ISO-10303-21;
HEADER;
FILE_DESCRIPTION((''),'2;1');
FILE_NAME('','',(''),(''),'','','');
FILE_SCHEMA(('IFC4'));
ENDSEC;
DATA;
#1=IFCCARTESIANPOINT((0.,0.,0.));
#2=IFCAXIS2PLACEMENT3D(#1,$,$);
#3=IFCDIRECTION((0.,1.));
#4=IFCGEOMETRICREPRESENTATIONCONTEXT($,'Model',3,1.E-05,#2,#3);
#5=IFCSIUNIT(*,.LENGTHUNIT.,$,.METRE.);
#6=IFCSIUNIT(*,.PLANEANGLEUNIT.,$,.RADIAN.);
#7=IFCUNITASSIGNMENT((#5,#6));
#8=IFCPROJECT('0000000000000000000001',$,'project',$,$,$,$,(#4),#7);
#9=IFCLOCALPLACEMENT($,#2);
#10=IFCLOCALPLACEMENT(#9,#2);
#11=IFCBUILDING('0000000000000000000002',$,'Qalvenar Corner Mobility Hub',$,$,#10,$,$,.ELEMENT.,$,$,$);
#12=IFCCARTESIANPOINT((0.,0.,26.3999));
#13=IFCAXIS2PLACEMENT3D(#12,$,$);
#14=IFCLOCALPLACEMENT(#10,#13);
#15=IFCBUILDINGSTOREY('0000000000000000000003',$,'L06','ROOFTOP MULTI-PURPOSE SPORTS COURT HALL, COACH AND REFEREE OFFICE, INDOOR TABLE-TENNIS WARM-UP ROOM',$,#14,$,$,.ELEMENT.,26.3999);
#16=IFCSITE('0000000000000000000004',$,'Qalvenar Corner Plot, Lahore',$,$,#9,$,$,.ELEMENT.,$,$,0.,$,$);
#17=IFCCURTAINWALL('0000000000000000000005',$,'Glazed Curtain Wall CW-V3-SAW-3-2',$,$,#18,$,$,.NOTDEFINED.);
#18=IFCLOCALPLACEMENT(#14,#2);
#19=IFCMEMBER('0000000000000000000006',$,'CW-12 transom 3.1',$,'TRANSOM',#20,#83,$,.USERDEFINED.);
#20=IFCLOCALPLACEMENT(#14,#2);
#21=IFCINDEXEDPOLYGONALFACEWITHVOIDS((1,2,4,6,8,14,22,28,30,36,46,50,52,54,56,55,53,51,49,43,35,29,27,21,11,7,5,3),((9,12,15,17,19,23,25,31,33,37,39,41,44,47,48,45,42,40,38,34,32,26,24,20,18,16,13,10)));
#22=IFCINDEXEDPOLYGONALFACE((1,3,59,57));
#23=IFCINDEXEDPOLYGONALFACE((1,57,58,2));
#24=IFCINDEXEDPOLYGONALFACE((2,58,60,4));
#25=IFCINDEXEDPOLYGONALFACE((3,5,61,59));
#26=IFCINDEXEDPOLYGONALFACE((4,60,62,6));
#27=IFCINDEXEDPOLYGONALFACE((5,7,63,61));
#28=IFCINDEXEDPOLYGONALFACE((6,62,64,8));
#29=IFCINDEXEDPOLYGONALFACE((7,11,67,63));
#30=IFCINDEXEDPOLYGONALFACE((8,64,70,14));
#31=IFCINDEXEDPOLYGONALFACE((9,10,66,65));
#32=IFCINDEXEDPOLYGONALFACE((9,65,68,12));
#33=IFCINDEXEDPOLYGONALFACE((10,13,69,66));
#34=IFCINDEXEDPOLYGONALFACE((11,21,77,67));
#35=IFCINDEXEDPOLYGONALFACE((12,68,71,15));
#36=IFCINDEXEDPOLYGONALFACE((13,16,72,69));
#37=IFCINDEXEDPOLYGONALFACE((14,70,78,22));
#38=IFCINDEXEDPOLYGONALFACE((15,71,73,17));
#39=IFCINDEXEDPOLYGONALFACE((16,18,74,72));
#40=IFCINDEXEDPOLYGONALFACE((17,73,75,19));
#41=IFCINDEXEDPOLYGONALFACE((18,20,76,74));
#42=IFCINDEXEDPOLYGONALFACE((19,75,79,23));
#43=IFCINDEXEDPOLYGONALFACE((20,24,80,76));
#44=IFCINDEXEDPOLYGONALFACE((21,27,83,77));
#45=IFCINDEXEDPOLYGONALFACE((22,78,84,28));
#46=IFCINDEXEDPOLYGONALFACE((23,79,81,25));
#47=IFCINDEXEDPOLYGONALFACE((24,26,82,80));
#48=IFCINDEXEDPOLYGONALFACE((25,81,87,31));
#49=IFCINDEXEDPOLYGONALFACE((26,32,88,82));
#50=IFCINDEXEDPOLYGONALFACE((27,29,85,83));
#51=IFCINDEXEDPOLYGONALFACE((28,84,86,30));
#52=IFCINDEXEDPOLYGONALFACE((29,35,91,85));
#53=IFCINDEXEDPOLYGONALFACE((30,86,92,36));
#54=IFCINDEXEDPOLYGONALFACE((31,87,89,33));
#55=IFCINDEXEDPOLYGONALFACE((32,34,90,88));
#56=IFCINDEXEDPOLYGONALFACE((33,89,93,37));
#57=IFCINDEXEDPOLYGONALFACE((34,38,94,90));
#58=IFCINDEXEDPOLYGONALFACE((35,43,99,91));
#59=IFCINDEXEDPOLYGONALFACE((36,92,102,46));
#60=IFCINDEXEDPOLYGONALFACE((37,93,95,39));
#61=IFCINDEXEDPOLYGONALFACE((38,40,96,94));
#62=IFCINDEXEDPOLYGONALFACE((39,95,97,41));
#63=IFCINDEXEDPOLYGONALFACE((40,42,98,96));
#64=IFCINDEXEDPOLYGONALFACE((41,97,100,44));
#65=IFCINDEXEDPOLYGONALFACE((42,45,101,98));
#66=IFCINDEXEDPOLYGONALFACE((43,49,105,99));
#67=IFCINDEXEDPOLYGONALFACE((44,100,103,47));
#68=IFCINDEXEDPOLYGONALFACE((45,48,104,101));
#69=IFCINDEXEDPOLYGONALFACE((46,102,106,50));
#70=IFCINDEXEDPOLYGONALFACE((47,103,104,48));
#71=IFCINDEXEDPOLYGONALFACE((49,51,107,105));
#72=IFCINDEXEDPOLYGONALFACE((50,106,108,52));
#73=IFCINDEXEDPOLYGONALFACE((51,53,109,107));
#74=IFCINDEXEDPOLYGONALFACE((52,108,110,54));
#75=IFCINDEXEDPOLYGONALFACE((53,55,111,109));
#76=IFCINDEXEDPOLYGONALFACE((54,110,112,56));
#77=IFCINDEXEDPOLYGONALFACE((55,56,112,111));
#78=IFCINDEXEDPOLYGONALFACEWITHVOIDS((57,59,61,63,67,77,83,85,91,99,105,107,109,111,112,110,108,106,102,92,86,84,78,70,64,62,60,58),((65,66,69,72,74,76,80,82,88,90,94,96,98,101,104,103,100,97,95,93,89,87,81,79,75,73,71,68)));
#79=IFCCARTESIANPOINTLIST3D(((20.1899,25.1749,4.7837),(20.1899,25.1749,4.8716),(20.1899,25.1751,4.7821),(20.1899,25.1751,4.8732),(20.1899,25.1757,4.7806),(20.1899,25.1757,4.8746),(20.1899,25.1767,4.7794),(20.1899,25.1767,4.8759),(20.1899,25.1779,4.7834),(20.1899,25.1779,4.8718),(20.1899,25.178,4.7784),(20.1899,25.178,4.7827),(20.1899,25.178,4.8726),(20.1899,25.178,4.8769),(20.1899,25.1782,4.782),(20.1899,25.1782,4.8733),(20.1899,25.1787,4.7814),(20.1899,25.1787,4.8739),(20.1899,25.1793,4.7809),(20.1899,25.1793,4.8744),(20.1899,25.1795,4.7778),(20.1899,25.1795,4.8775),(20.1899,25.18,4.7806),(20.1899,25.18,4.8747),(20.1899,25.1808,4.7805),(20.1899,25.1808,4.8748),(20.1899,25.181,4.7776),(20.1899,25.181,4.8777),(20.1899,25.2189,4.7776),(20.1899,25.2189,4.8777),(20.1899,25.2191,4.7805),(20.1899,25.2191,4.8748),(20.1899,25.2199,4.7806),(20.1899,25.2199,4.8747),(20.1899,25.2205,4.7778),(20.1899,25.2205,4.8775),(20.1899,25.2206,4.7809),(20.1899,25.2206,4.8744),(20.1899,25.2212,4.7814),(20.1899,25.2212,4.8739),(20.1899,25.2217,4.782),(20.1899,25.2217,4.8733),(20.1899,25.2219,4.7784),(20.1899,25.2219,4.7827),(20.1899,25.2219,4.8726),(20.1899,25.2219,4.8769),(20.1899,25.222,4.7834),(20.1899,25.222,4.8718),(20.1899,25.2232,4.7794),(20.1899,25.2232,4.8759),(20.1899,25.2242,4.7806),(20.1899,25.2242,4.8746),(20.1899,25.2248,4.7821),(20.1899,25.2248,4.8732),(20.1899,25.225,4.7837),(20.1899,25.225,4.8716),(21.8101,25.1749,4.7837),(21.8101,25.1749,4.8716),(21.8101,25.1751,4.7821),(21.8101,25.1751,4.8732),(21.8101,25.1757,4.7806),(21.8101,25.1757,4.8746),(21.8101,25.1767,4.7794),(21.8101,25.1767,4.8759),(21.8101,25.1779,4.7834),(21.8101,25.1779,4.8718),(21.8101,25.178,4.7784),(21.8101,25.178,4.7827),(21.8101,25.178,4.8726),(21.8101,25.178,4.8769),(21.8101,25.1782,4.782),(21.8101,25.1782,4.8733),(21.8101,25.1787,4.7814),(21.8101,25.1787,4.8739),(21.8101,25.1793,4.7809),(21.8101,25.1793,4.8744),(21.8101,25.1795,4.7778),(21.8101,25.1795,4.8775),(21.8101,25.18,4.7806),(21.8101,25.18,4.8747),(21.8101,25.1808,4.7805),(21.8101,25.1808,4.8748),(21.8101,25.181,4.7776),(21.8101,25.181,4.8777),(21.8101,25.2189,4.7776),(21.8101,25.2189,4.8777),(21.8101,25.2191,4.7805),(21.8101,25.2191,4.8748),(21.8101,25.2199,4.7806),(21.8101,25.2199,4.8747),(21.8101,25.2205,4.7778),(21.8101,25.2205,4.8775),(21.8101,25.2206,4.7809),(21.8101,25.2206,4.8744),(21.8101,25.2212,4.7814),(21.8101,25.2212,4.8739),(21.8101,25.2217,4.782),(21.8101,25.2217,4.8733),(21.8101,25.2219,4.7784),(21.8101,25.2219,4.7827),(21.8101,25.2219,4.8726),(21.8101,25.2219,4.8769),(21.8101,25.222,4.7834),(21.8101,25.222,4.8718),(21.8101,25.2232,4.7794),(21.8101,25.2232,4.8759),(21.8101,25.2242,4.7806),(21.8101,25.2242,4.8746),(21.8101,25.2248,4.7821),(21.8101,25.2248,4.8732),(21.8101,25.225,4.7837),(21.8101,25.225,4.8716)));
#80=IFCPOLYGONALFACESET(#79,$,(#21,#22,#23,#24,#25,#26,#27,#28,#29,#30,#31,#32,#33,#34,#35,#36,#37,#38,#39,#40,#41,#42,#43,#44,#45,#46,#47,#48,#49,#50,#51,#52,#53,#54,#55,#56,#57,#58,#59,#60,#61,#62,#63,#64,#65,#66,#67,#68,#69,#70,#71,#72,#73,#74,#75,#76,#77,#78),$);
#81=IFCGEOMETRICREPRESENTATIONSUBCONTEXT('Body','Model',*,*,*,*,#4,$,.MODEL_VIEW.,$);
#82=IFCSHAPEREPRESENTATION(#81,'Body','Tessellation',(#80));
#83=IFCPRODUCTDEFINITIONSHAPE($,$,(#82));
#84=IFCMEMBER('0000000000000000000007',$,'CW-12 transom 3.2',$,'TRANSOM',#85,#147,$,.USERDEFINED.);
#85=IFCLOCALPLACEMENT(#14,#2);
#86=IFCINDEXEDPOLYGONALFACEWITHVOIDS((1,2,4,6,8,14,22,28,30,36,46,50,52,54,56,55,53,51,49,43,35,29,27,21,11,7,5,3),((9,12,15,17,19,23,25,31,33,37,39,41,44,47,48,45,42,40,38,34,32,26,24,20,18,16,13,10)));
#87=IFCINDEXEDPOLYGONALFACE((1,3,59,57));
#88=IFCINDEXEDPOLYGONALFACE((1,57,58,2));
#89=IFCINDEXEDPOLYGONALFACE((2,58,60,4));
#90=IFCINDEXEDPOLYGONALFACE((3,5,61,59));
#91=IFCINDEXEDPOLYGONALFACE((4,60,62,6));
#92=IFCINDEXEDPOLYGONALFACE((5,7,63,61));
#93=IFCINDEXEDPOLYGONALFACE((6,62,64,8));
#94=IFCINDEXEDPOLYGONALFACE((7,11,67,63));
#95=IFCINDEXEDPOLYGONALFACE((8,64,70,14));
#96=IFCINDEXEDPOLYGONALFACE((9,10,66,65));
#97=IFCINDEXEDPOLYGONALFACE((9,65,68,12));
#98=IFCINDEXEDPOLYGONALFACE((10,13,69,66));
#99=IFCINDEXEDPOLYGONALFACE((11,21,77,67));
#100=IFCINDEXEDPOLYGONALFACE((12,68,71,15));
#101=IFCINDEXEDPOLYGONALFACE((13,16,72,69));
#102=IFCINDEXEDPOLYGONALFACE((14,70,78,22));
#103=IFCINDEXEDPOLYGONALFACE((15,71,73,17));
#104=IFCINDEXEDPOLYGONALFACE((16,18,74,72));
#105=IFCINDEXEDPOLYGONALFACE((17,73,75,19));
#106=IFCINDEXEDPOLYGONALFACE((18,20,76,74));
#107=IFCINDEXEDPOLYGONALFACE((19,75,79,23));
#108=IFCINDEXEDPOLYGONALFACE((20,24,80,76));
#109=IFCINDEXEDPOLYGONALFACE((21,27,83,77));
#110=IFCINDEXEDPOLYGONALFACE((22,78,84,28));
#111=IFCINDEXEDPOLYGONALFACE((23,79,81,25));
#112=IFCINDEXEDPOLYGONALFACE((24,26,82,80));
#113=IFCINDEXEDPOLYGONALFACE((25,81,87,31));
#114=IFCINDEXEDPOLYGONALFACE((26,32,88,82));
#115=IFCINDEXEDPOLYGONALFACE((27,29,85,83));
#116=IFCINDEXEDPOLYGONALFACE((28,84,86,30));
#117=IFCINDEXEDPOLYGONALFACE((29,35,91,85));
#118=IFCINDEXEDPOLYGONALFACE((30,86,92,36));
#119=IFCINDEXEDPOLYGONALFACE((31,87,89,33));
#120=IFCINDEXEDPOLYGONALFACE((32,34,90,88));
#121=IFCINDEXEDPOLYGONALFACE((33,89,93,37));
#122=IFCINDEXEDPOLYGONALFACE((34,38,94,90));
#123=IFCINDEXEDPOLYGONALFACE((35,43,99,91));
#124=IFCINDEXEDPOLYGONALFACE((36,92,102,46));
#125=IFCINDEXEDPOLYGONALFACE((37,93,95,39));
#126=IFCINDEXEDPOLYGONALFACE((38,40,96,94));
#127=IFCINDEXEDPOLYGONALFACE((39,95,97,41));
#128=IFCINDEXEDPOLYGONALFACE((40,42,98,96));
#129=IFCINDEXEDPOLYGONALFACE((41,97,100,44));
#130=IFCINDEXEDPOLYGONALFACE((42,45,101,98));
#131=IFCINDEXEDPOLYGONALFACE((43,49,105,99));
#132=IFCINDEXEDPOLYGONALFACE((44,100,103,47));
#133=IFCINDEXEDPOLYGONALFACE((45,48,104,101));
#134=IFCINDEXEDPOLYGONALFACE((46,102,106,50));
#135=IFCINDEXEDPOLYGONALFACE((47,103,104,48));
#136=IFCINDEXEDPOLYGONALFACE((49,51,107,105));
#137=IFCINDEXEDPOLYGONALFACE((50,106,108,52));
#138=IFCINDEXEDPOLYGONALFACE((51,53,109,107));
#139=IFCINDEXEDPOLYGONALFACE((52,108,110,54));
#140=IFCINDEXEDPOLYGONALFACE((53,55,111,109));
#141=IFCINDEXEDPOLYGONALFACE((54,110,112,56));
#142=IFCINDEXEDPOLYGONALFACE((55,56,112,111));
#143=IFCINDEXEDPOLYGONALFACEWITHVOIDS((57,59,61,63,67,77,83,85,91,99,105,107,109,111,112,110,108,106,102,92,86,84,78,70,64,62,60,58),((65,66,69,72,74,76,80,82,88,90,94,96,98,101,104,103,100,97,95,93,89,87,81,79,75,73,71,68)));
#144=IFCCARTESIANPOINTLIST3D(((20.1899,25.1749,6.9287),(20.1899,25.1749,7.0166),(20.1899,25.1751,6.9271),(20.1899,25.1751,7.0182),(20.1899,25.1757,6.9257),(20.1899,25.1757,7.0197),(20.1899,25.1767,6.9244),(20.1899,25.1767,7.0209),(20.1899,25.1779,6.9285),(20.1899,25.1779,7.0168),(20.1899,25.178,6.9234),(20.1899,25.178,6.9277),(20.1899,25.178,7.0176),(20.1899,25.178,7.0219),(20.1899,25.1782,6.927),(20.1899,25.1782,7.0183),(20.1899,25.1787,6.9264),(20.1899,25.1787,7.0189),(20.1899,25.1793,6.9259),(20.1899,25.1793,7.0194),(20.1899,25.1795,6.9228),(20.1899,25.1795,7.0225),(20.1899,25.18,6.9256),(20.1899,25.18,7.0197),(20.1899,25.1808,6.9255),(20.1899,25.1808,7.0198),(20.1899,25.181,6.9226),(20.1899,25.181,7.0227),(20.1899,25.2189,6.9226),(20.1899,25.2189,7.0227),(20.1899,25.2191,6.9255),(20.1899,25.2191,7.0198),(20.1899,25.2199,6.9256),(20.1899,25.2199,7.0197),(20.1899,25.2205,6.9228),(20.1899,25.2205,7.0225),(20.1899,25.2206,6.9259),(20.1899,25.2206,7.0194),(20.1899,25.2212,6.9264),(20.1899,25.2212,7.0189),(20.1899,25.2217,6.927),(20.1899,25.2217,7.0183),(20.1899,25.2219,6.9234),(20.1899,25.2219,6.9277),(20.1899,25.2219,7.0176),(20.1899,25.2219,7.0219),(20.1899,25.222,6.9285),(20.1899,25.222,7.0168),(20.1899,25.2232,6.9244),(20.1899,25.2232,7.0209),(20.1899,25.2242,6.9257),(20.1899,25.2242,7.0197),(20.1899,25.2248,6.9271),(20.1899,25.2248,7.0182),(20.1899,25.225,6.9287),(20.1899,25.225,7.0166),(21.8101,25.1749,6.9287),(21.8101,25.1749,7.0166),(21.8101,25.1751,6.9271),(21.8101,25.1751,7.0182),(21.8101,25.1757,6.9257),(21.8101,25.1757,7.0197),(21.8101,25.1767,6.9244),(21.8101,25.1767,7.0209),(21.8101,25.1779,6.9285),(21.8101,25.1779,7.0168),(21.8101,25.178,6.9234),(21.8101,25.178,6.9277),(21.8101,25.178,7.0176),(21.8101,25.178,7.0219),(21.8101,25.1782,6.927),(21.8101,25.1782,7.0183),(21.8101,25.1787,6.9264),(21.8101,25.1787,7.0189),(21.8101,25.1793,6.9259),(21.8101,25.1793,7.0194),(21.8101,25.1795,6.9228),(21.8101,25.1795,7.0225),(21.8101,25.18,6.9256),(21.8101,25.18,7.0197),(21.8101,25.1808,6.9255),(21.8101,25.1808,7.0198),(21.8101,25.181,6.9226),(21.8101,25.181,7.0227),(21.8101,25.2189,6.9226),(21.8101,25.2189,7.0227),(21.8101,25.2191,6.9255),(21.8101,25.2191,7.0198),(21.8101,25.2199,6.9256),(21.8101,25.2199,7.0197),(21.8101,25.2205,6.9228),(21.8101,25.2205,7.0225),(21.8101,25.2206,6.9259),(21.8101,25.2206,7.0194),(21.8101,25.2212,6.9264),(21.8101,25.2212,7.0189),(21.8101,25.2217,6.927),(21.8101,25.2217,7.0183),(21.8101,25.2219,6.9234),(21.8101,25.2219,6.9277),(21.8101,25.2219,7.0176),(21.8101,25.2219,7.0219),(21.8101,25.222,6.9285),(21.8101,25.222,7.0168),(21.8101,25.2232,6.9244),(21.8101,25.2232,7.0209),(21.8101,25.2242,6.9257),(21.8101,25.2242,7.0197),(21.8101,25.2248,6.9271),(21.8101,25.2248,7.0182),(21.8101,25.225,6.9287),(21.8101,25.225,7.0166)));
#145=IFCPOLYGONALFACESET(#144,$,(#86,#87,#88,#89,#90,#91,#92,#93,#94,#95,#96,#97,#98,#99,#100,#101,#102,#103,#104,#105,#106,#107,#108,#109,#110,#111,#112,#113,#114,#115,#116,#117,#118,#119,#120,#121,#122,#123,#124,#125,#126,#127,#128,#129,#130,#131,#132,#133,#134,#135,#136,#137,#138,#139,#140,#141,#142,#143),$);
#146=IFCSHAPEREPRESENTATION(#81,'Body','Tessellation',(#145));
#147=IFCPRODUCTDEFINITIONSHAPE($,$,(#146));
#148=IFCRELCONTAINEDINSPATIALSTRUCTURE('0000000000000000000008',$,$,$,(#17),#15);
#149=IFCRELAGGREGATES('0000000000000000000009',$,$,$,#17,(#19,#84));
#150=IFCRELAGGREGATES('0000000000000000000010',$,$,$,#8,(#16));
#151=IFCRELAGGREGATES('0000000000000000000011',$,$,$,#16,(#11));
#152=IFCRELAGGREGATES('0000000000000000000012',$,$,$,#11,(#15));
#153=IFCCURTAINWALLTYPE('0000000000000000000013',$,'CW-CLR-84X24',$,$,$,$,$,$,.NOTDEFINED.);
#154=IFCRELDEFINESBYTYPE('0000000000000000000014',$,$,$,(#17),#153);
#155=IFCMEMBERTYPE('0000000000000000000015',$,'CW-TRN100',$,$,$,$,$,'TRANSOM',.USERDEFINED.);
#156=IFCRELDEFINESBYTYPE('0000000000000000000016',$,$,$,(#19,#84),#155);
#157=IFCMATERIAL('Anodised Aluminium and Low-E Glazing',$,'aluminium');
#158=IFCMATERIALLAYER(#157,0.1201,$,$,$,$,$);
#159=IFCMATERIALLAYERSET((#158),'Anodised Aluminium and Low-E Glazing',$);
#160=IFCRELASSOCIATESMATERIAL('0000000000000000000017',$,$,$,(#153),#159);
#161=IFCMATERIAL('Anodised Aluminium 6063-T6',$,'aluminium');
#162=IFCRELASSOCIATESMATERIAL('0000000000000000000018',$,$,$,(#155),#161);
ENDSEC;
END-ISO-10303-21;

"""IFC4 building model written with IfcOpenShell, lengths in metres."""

from ifc_helpers import new_model, si_unit, direction, frame, origin, origin_2d, place, context, subcontext, project, spatial, hollow_rectangle, extrude, material, layer, layer_set, material_profile, profile_set, type_object, element, aggregate, save


model = new_model("IFC4")

# Units and contexts
model_context = context("Model", 3, precision=1e-05, world=origin(), true_north=direction((0.0, 1.0)))
body_context = subcontext(model_context, "Body", "Model", "MODEL_VIEW")
ifc_project = project(units=[si_unit("LENGTHUNIT", "METRE"), si_unit("PLANEANGLEUNIT", "RADIAN")], contexts=[model_context])

# Site, building, storey
site_placement = place(None, origin())
site = spatial("IfcSite", under=ifc_project, at=site_placement, Name="Qalvenar Corner Plot, Lahore", CompositionType="ELEMENT", RefElevation=0.0)
building_placement = place(site_placement, origin())
building = spatial("IfcBuilding", under=site, at=building_placement, Name="Qalvenar Corner Mobility Hub", CompositionType="ELEMENT")
storey_placement = place(building_placement, frame((0.0, 0.0, 26.3999)))
storey = spatial("IfcBuildingStorey", under=building, at=storey_placement, Name="L06", Description="ROOFTOP MULTI-PURPOSE SPORTS COURT HALL, COACH AND REFEREE OFFICE, INDOOR TABLE-TENNIS WARM-UP ROOM", CompositionType="ELEMENT", Elevation=26.3999)

# Curtain wall
ifc_material_1 = material(Name="Anodised Aluminium and Low-E Glazing", Category="aluminium")
ifc_layer_1 = layer(ifc_material_1, 0.1201)
ifc_layer_set_1 = layer_set([ifc_layer_1], Name="Anodised Aluminium and Low-E Glazing")
curtain_wall_type = type_object("IfcCurtainWallType", Name="CW-CLR-84X24", PredefinedType="NOTDEFINED", material=ifc_layer_set_1)
curtain_wall_1_placement = place(storey_placement, origin())
curtain_wall_1 = element("IfcCurtainWall", 1, at=curtain_wall_1_placement, inside=storey, type_object=curtain_wall_type, Name="Glazed Curtain Wall CW-V3-SAW-3-2", PredefinedType="NOTDEFINED")
ifc_material_2 = material(Name="Anodised Aluminium 6063-T6", Category="aluminium")

# Members
ifc_material_profile_1 = material_profile(ifc_material_2, hollow_rectangle(XDim=0.05, YDim=0.1001, WallThickness=0.0029, InnerFilletRadius=0.0029, OuterFilletRadius=0.0061, at=origin_2d()), Name="RHS100x50x3")
ifc_profile_set_1 = profile_set([ifc_material_profile_1], Name="Anodised Aluminium 6063-T6")
member_type_1 = type_object("IfcMemberType", Name="CW-TRN100", ElementType="TRANSOM", PredefinedType="USERDEFINED", material=ifc_profile_set_1)
member_1_placement = place(storey_placement, frame((21.8101, 25.2, 4.8276), z_axis=(-1.0, 0.0, 0.0), x_axis=(0.0, -1.0, 0.0)))
member_1 = element("IfcMember", 2, at=member_1_placement, type_object=member_type_1, Name="CW-12 transom 3.1", ObjectType="TRANSOM", PredefinedType="USERDEFINED", context=body_context, shape_type="SweptSolid", body=[
    extrude(hollow_rectangle(XDim=0.05, YDim=0.1001, WallThickness=0.0029, InnerFilletRadius=0.0029, OuterFilletRadius=0.0061, at=origin_2d()), origin(), (0.0, 0.0, 1.0), 1.6201),
])
member_2_placement = place(storey_placement, frame((21.8101, 25.2, 6.9727), z_axis=(-1.0, 0.0, 0.0), x_axis=(0.0, -1.0, 0.0)))
member_2 = element("IfcMember", 3, at=member_2_placement, type_object=member_type_1, Name="CW-12 transom 3.2", ObjectType="TRANSOM", PredefinedType="USERDEFINED", context=body_context, shape_type="SweptSolid", body=[
    extrude(hollow_rectangle(XDim=0.05, YDim=0.1001, WallThickness=0.0029, InnerFilletRadius=0.0029, OuterFilletRadius=0.0061, at=origin_2d()), origin(), (0.0, 0.0, 1.0), 1.6201),
])

aggregate(curtain_wall_1, [member_1, member_2])

save(model, "model.ifc")
